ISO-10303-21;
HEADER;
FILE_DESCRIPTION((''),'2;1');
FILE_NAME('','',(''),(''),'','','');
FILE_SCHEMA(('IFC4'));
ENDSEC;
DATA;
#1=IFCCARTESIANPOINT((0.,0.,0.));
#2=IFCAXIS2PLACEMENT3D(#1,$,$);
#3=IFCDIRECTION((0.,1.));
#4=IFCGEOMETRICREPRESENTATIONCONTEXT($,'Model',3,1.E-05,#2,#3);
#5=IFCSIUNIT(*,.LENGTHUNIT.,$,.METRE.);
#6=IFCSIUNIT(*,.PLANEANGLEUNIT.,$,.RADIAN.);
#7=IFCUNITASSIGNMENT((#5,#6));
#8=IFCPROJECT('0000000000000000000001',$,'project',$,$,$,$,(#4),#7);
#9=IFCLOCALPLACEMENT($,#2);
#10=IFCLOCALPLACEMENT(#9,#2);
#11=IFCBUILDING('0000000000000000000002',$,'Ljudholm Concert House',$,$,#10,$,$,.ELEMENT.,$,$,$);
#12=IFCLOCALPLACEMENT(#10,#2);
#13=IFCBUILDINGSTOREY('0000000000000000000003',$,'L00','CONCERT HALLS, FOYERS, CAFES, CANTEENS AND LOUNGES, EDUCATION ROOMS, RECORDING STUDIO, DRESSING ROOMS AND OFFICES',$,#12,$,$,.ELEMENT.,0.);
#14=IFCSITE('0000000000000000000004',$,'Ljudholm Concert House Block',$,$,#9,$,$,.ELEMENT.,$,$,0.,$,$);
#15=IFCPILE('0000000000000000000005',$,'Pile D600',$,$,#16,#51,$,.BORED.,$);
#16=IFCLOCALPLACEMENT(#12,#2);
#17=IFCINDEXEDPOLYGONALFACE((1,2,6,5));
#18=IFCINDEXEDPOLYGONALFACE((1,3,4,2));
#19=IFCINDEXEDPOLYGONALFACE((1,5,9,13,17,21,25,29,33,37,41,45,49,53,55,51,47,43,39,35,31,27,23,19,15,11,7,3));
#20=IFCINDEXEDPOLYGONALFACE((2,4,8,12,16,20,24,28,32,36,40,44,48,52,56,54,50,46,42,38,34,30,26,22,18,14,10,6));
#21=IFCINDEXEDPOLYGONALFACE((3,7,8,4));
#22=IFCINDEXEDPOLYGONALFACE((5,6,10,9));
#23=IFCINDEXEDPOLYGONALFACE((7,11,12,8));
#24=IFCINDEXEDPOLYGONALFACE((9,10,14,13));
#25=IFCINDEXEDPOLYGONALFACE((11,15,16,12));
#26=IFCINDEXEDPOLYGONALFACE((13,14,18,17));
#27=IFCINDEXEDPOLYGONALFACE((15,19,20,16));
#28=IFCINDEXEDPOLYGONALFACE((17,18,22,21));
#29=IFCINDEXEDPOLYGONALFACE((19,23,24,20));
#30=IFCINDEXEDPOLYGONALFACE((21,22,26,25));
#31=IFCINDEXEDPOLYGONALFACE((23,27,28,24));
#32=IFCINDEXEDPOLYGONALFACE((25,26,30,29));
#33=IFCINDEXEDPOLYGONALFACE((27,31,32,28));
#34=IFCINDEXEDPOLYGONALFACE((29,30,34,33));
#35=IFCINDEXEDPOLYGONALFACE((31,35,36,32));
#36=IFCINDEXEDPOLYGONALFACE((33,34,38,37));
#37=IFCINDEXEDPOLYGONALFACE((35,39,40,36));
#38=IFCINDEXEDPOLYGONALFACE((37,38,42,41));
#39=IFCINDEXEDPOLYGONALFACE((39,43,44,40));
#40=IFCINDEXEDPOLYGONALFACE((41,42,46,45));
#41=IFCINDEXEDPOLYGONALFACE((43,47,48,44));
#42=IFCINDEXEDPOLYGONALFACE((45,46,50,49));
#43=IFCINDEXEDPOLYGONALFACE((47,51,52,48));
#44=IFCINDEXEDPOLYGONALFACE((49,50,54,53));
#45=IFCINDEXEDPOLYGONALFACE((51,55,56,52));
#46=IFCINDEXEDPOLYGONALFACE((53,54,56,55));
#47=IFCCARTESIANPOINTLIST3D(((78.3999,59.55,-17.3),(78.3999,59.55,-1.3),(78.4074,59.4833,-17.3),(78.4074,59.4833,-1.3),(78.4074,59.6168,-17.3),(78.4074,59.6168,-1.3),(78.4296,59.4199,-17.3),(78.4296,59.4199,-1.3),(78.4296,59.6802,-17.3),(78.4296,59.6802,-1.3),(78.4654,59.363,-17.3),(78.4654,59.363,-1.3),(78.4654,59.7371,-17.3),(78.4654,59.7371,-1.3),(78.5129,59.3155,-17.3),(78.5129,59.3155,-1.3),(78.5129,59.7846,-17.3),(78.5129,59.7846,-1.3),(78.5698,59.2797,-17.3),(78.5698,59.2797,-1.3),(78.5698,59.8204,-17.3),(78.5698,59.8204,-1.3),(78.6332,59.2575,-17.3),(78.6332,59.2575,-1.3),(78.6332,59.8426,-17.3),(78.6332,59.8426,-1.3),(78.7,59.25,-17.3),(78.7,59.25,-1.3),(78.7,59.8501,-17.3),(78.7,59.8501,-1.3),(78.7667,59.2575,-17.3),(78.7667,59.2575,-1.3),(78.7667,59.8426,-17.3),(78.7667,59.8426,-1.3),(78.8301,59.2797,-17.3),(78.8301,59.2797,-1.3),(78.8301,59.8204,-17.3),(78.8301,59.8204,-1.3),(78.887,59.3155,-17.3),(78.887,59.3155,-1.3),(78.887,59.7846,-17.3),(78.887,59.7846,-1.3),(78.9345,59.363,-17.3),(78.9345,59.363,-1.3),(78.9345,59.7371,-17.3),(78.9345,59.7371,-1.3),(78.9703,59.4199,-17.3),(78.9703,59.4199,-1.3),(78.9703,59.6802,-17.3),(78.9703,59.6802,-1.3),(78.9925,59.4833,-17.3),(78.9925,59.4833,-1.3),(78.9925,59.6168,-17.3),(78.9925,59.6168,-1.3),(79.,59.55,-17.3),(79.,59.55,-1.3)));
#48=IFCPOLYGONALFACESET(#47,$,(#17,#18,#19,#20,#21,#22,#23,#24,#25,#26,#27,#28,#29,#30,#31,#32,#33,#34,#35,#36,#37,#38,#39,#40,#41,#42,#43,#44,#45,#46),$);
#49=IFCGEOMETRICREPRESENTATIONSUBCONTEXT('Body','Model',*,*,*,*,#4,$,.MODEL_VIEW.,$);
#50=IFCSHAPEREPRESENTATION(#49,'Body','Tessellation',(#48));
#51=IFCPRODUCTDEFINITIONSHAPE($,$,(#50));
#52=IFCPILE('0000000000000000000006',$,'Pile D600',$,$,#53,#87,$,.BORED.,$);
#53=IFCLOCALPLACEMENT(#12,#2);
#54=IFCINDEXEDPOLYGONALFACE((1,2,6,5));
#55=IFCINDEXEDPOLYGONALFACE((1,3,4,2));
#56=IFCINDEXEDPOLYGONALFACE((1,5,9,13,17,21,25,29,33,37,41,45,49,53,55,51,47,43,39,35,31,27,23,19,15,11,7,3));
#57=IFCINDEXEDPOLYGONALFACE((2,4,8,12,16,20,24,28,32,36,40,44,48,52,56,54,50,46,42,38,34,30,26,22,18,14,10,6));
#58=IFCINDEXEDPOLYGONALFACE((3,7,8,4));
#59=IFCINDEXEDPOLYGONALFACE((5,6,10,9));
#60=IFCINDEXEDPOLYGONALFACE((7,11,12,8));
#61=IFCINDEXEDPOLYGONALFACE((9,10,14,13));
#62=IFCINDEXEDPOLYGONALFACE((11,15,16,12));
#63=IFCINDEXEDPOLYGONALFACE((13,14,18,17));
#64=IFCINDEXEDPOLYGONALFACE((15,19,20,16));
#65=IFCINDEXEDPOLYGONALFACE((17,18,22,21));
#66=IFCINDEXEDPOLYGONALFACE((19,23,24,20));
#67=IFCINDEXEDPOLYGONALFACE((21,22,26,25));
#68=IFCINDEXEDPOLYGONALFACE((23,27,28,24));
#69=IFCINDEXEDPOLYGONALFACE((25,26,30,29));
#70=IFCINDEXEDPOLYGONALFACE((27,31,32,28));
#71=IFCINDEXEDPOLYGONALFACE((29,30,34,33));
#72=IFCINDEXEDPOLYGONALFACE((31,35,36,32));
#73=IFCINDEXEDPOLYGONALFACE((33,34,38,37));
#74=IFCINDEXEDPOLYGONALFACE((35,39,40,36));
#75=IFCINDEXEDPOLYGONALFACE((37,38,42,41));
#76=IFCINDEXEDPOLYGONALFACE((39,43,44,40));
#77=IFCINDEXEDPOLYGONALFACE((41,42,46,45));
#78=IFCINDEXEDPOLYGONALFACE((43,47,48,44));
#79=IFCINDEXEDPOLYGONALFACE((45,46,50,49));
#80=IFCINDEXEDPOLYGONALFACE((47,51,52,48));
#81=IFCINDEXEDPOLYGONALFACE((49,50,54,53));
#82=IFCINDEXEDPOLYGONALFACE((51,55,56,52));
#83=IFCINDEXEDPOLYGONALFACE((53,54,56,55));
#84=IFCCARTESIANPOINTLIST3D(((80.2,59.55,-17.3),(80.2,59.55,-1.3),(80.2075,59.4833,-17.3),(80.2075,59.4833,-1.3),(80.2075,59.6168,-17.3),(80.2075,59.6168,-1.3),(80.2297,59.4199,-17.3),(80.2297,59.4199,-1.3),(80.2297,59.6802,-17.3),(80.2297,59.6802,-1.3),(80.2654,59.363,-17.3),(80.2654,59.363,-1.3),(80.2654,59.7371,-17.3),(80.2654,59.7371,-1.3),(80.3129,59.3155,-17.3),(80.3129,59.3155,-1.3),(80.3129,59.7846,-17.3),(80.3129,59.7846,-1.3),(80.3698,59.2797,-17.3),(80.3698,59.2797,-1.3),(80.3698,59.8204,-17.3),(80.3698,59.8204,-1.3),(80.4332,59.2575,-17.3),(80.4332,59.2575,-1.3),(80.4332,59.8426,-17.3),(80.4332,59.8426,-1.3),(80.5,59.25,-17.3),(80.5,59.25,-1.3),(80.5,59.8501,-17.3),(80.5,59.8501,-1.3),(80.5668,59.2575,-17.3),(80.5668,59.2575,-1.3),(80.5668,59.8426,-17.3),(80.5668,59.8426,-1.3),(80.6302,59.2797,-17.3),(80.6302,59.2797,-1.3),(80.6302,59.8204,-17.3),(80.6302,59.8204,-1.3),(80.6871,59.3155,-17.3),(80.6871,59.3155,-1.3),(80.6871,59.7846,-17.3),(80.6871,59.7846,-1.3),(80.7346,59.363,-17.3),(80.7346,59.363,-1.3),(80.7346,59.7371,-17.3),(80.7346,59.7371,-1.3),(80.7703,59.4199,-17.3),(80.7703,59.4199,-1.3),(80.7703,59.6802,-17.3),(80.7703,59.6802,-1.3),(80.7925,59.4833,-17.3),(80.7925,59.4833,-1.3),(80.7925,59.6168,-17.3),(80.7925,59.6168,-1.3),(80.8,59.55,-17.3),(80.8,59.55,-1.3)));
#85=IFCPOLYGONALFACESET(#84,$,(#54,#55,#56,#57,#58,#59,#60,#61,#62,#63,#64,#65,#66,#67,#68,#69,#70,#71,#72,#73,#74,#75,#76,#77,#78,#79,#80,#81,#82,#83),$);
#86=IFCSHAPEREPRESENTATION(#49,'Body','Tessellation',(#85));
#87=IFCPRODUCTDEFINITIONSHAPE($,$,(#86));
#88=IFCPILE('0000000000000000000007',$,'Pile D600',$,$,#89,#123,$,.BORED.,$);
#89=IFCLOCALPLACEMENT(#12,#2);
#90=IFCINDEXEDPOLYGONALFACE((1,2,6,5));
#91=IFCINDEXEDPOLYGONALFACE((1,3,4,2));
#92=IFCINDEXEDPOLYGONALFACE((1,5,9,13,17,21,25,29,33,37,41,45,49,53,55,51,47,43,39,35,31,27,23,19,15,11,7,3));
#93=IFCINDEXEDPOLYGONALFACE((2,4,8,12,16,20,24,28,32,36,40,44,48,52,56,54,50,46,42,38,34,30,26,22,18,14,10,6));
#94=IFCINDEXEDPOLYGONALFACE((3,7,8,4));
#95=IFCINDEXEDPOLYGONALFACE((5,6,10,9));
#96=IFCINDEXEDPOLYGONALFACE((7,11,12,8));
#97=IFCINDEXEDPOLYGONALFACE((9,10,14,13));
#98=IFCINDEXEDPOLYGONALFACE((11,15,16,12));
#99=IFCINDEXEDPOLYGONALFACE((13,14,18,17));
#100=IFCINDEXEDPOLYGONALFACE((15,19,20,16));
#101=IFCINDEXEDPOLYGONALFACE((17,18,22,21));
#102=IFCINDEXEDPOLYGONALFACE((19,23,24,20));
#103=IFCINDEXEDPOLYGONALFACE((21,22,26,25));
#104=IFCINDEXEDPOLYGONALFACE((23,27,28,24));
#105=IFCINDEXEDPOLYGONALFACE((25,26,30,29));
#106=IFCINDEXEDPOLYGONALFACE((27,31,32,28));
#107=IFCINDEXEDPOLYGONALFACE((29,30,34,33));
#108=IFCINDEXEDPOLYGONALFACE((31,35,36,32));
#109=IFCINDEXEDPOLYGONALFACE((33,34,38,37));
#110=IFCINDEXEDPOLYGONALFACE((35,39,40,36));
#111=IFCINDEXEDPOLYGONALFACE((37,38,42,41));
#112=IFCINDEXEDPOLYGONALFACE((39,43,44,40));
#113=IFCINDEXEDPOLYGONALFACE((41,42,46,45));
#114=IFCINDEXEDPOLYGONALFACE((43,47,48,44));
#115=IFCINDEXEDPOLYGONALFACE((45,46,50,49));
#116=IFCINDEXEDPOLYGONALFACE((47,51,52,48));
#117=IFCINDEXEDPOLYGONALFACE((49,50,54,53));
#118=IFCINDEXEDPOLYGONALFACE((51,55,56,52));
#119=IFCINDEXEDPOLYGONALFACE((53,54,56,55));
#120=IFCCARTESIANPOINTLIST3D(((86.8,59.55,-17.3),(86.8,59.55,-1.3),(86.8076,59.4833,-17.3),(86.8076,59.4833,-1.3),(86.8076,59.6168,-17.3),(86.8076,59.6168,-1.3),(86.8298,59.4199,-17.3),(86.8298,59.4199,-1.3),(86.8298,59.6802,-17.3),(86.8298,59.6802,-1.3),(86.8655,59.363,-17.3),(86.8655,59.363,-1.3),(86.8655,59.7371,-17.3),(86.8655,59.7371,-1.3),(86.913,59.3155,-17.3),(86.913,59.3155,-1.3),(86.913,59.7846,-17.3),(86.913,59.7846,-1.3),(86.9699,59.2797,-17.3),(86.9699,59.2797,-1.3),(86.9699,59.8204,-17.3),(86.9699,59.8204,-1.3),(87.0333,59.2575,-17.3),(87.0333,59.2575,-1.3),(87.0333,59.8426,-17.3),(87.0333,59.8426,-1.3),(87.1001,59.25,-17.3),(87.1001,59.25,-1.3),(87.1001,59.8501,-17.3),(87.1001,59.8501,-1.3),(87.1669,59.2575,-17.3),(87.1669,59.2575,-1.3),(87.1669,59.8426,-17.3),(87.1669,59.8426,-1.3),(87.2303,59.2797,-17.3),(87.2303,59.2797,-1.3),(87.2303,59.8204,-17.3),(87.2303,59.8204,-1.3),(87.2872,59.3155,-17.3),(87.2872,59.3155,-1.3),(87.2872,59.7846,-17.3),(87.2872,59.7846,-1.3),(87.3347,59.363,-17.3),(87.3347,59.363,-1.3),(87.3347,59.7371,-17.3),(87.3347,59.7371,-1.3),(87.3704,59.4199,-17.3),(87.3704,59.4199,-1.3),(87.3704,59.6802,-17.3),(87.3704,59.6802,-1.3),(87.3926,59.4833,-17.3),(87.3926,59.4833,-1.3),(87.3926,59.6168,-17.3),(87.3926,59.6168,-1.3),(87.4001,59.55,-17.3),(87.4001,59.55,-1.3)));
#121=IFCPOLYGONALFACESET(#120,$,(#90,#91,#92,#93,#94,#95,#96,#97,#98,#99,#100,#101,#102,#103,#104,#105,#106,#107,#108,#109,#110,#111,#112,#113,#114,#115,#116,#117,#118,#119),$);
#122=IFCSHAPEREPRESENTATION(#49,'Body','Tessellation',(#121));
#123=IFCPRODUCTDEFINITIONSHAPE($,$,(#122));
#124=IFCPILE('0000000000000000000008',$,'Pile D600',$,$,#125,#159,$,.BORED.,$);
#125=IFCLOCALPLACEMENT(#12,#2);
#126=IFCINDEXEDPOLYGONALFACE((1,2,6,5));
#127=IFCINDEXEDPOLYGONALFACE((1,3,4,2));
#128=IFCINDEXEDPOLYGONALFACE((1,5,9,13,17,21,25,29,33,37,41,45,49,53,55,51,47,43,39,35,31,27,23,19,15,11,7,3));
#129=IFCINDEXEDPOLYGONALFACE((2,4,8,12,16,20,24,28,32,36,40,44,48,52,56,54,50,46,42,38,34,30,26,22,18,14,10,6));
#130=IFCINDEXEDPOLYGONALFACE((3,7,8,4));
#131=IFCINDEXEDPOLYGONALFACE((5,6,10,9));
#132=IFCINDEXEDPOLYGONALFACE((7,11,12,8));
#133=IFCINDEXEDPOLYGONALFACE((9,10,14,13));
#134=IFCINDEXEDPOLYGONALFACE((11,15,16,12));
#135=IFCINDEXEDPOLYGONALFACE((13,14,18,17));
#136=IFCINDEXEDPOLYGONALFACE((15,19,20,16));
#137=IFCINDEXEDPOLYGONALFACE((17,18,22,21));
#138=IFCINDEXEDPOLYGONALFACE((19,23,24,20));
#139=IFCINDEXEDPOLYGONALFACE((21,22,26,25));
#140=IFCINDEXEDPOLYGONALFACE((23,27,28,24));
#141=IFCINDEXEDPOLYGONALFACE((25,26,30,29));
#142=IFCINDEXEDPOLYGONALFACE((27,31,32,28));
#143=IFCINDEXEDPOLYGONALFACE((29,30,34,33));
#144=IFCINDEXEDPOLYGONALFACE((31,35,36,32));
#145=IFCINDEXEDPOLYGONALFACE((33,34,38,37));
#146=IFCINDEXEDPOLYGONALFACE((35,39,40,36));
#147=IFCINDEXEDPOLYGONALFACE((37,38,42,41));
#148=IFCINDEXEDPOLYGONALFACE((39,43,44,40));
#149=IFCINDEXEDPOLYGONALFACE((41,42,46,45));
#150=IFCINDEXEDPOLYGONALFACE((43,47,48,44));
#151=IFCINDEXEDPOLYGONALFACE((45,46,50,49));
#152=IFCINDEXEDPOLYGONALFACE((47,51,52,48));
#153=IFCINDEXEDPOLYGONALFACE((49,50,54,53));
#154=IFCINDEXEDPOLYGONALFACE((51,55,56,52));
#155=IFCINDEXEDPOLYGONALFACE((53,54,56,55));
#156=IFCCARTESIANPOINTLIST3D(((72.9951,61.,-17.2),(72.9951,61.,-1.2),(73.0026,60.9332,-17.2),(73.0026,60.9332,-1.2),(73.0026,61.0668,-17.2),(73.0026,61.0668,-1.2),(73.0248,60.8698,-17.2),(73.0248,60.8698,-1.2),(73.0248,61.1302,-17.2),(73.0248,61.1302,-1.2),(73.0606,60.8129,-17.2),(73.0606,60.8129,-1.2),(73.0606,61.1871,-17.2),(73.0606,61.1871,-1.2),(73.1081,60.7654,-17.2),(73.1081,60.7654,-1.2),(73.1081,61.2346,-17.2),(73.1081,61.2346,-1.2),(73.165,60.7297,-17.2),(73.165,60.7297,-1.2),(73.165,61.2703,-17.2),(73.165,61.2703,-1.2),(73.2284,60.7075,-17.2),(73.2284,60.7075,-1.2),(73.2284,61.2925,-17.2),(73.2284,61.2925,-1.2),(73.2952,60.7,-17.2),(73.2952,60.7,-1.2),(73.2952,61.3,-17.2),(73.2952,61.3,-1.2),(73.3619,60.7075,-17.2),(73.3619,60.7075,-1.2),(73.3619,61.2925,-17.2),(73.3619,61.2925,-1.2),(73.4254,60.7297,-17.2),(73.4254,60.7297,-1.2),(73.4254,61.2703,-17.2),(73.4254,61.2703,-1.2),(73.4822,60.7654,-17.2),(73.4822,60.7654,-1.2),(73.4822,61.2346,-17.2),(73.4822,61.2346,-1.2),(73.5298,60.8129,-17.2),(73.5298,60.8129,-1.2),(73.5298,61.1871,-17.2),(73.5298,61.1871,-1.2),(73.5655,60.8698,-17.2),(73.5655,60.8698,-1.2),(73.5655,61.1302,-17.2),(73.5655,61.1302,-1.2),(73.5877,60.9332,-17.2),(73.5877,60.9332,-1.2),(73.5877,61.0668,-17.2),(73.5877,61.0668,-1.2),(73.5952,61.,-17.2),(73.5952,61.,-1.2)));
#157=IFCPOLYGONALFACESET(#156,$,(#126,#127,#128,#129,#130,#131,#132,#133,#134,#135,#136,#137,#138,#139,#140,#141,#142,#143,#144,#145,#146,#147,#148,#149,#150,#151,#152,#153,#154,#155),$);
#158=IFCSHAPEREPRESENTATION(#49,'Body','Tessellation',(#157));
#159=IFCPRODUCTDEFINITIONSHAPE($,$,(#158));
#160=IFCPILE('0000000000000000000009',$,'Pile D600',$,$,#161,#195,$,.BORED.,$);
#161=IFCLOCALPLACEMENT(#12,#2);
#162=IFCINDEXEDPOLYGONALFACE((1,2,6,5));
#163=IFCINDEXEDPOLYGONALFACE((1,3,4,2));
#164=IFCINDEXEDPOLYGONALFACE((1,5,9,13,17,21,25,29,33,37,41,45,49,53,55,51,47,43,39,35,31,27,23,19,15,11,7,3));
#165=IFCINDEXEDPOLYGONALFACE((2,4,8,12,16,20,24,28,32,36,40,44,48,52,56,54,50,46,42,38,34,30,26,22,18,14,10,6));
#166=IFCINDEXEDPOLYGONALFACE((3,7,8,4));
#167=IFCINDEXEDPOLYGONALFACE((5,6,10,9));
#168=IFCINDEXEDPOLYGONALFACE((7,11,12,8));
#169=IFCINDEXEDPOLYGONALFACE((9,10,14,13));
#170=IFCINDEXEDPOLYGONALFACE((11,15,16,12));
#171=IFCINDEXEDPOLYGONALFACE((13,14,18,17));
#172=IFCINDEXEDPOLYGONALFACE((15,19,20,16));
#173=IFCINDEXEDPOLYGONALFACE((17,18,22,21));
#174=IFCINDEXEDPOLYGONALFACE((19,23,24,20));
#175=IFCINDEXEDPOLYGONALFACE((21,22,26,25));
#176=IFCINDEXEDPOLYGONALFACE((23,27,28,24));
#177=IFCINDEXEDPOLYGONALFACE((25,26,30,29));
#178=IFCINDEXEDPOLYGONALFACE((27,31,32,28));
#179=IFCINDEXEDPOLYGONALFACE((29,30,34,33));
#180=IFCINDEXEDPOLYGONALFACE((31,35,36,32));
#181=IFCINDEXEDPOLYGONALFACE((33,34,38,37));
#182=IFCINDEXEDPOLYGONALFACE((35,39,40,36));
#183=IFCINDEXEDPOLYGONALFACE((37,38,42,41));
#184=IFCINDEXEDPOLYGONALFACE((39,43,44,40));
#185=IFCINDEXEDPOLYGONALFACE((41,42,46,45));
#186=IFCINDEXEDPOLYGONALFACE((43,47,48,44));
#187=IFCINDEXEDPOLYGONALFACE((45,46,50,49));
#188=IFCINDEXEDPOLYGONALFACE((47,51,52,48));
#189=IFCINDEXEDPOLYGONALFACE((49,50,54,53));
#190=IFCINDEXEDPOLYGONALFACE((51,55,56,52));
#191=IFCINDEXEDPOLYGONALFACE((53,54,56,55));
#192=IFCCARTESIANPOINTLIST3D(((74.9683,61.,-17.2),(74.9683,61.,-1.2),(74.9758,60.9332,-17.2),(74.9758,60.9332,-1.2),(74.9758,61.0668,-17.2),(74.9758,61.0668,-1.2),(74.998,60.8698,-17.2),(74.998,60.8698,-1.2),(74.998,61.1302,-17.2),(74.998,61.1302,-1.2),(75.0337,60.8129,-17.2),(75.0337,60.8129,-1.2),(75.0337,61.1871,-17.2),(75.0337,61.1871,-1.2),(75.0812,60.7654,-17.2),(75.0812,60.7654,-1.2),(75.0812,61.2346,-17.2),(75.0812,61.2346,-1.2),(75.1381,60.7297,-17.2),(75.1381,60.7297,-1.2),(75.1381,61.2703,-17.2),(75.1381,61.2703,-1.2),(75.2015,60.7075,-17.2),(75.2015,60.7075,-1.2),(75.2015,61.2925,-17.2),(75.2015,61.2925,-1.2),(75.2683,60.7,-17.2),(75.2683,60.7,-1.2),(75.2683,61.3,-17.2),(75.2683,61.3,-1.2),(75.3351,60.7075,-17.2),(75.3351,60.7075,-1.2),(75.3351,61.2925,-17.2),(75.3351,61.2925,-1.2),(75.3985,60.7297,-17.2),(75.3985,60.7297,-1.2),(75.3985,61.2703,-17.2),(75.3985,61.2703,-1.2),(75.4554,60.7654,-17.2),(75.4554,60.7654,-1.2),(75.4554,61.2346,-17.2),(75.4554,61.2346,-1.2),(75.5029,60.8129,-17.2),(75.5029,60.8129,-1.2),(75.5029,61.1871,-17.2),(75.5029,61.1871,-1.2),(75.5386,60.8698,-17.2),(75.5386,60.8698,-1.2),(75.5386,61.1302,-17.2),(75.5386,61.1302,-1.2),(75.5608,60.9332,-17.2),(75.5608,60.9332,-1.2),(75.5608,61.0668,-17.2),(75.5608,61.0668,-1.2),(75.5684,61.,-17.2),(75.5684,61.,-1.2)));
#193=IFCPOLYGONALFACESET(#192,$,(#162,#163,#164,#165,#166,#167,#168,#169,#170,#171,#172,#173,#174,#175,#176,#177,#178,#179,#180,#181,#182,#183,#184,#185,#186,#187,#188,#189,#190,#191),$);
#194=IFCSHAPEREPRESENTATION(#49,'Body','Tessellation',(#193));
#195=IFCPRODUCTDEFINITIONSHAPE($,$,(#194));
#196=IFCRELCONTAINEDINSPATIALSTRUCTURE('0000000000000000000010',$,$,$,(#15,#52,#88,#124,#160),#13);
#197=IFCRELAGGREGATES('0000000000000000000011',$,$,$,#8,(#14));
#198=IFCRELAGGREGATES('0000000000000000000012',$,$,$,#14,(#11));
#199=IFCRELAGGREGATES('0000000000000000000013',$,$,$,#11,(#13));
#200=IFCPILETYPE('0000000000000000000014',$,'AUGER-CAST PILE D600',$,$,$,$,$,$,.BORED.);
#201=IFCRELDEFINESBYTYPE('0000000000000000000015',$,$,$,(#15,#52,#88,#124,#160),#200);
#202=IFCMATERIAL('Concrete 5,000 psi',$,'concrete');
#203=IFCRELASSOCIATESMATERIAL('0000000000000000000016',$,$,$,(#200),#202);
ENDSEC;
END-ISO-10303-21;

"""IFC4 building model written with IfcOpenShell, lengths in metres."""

from ifc_helpers import new_model, si_unit, direction, frame, origin, origin_2d, place, context, subcontext, project, spatial, circle, extrude, material, material_profile, profile_set, type_object, element, save


model = new_model("IFC4")

# Units and contexts
model_context = context("Model", 3, precision=1e-05, world=origin(), true_north=direction((0.0, 1.0)))
body_context = subcontext(model_context, "Body", "Model", "MODEL_VIEW")
ifc_project = project(units=[si_unit("LENGTHUNIT", "METRE"), si_unit("PLANEANGLEUNIT", "RADIAN")], contexts=[model_context])

# Site, building, storey
site_placement = place(None, origin())
site = spatial("IfcSite", under=ifc_project, at=site_placement, Name="Ljudholm Concert House Block", CompositionType="ELEMENT", RefElevation=0.0)
building_placement = place(site_placement, origin())
building = spatial("IfcBuilding", under=site, at=building_placement, Name="Ljudholm Concert House", CompositionType="ELEMENT")
storey_placement = place(building_placement, origin())
storey = spatial("IfcBuildingStorey", under=building, at=storey_placement, Name="L00", Description="CONCERT HALLS, FOYERS, CAFES, CANTEENS AND LOUNGES, EDUCATION ROOMS, RECORDING STUDIO, DRESSING ROOMS AND OFFICES", CompositionType="ELEMENT", Elevation=0.0)

# Piles
ifc_material_1 = material(Name="Concrete 5,000 psi", Category="concrete")
ifc_material_profile_1 = material_profile(ifc_material_1, circle(Radius=0.3, at=origin_2d()), Name="AUGER-CAST PILE D600")
ifc_profile_set_1 = profile_set([ifc_material_profile_1], Name="Concrete 5,000 psi")
pile_type_1 = type_object("IfcPileType", Name="AUGER-CAST PILE D600", PredefinedType="BORED", material=ifc_profile_set_1)
for number, where, z_axis, x_axis, name in (
    (1, (78.7, 59.55, -1.3), (0.0, 0.0, -1.0), (1.0, 0.0, 0.0), "Pile D600"),
    (2, (80.5, 59.55, -1.3), (0.0, 0.0, -1.0), (1.0, 0.0, 0.0), "Pile D600"),
    (3, (87.1001, 59.55, -1.3), (0.0, 0.0, -1.0), (1.0, 0.0, 0.0), "Pile D600"),
    (4, (73.2952, 61.0, -1.2), (0.0, 0.0, -1.0), (1.0, 0.0, 0.0), "Pile D600"),
    (5, (75.2683, 61.0, -1.2), (0.0, 0.0, -1.0), (1.0, 0.0, 0.0), "Pile D600"),
):
    element("IfcPile", number, at=place(storey_placement, frame(where, z_axis=z_axis, x_axis=x_axis)), inside=storey, type_object=pile_type_1, Name=name, PredefinedType="BORED", context=body_context, shape_type="SweptSolid", body=[
        extrude(circle(Radius=0.3, at=origin_2d()), origin(), (0.0, 0.0, 1.0), 16.0),
    ])

save(model, "model.ifc")
